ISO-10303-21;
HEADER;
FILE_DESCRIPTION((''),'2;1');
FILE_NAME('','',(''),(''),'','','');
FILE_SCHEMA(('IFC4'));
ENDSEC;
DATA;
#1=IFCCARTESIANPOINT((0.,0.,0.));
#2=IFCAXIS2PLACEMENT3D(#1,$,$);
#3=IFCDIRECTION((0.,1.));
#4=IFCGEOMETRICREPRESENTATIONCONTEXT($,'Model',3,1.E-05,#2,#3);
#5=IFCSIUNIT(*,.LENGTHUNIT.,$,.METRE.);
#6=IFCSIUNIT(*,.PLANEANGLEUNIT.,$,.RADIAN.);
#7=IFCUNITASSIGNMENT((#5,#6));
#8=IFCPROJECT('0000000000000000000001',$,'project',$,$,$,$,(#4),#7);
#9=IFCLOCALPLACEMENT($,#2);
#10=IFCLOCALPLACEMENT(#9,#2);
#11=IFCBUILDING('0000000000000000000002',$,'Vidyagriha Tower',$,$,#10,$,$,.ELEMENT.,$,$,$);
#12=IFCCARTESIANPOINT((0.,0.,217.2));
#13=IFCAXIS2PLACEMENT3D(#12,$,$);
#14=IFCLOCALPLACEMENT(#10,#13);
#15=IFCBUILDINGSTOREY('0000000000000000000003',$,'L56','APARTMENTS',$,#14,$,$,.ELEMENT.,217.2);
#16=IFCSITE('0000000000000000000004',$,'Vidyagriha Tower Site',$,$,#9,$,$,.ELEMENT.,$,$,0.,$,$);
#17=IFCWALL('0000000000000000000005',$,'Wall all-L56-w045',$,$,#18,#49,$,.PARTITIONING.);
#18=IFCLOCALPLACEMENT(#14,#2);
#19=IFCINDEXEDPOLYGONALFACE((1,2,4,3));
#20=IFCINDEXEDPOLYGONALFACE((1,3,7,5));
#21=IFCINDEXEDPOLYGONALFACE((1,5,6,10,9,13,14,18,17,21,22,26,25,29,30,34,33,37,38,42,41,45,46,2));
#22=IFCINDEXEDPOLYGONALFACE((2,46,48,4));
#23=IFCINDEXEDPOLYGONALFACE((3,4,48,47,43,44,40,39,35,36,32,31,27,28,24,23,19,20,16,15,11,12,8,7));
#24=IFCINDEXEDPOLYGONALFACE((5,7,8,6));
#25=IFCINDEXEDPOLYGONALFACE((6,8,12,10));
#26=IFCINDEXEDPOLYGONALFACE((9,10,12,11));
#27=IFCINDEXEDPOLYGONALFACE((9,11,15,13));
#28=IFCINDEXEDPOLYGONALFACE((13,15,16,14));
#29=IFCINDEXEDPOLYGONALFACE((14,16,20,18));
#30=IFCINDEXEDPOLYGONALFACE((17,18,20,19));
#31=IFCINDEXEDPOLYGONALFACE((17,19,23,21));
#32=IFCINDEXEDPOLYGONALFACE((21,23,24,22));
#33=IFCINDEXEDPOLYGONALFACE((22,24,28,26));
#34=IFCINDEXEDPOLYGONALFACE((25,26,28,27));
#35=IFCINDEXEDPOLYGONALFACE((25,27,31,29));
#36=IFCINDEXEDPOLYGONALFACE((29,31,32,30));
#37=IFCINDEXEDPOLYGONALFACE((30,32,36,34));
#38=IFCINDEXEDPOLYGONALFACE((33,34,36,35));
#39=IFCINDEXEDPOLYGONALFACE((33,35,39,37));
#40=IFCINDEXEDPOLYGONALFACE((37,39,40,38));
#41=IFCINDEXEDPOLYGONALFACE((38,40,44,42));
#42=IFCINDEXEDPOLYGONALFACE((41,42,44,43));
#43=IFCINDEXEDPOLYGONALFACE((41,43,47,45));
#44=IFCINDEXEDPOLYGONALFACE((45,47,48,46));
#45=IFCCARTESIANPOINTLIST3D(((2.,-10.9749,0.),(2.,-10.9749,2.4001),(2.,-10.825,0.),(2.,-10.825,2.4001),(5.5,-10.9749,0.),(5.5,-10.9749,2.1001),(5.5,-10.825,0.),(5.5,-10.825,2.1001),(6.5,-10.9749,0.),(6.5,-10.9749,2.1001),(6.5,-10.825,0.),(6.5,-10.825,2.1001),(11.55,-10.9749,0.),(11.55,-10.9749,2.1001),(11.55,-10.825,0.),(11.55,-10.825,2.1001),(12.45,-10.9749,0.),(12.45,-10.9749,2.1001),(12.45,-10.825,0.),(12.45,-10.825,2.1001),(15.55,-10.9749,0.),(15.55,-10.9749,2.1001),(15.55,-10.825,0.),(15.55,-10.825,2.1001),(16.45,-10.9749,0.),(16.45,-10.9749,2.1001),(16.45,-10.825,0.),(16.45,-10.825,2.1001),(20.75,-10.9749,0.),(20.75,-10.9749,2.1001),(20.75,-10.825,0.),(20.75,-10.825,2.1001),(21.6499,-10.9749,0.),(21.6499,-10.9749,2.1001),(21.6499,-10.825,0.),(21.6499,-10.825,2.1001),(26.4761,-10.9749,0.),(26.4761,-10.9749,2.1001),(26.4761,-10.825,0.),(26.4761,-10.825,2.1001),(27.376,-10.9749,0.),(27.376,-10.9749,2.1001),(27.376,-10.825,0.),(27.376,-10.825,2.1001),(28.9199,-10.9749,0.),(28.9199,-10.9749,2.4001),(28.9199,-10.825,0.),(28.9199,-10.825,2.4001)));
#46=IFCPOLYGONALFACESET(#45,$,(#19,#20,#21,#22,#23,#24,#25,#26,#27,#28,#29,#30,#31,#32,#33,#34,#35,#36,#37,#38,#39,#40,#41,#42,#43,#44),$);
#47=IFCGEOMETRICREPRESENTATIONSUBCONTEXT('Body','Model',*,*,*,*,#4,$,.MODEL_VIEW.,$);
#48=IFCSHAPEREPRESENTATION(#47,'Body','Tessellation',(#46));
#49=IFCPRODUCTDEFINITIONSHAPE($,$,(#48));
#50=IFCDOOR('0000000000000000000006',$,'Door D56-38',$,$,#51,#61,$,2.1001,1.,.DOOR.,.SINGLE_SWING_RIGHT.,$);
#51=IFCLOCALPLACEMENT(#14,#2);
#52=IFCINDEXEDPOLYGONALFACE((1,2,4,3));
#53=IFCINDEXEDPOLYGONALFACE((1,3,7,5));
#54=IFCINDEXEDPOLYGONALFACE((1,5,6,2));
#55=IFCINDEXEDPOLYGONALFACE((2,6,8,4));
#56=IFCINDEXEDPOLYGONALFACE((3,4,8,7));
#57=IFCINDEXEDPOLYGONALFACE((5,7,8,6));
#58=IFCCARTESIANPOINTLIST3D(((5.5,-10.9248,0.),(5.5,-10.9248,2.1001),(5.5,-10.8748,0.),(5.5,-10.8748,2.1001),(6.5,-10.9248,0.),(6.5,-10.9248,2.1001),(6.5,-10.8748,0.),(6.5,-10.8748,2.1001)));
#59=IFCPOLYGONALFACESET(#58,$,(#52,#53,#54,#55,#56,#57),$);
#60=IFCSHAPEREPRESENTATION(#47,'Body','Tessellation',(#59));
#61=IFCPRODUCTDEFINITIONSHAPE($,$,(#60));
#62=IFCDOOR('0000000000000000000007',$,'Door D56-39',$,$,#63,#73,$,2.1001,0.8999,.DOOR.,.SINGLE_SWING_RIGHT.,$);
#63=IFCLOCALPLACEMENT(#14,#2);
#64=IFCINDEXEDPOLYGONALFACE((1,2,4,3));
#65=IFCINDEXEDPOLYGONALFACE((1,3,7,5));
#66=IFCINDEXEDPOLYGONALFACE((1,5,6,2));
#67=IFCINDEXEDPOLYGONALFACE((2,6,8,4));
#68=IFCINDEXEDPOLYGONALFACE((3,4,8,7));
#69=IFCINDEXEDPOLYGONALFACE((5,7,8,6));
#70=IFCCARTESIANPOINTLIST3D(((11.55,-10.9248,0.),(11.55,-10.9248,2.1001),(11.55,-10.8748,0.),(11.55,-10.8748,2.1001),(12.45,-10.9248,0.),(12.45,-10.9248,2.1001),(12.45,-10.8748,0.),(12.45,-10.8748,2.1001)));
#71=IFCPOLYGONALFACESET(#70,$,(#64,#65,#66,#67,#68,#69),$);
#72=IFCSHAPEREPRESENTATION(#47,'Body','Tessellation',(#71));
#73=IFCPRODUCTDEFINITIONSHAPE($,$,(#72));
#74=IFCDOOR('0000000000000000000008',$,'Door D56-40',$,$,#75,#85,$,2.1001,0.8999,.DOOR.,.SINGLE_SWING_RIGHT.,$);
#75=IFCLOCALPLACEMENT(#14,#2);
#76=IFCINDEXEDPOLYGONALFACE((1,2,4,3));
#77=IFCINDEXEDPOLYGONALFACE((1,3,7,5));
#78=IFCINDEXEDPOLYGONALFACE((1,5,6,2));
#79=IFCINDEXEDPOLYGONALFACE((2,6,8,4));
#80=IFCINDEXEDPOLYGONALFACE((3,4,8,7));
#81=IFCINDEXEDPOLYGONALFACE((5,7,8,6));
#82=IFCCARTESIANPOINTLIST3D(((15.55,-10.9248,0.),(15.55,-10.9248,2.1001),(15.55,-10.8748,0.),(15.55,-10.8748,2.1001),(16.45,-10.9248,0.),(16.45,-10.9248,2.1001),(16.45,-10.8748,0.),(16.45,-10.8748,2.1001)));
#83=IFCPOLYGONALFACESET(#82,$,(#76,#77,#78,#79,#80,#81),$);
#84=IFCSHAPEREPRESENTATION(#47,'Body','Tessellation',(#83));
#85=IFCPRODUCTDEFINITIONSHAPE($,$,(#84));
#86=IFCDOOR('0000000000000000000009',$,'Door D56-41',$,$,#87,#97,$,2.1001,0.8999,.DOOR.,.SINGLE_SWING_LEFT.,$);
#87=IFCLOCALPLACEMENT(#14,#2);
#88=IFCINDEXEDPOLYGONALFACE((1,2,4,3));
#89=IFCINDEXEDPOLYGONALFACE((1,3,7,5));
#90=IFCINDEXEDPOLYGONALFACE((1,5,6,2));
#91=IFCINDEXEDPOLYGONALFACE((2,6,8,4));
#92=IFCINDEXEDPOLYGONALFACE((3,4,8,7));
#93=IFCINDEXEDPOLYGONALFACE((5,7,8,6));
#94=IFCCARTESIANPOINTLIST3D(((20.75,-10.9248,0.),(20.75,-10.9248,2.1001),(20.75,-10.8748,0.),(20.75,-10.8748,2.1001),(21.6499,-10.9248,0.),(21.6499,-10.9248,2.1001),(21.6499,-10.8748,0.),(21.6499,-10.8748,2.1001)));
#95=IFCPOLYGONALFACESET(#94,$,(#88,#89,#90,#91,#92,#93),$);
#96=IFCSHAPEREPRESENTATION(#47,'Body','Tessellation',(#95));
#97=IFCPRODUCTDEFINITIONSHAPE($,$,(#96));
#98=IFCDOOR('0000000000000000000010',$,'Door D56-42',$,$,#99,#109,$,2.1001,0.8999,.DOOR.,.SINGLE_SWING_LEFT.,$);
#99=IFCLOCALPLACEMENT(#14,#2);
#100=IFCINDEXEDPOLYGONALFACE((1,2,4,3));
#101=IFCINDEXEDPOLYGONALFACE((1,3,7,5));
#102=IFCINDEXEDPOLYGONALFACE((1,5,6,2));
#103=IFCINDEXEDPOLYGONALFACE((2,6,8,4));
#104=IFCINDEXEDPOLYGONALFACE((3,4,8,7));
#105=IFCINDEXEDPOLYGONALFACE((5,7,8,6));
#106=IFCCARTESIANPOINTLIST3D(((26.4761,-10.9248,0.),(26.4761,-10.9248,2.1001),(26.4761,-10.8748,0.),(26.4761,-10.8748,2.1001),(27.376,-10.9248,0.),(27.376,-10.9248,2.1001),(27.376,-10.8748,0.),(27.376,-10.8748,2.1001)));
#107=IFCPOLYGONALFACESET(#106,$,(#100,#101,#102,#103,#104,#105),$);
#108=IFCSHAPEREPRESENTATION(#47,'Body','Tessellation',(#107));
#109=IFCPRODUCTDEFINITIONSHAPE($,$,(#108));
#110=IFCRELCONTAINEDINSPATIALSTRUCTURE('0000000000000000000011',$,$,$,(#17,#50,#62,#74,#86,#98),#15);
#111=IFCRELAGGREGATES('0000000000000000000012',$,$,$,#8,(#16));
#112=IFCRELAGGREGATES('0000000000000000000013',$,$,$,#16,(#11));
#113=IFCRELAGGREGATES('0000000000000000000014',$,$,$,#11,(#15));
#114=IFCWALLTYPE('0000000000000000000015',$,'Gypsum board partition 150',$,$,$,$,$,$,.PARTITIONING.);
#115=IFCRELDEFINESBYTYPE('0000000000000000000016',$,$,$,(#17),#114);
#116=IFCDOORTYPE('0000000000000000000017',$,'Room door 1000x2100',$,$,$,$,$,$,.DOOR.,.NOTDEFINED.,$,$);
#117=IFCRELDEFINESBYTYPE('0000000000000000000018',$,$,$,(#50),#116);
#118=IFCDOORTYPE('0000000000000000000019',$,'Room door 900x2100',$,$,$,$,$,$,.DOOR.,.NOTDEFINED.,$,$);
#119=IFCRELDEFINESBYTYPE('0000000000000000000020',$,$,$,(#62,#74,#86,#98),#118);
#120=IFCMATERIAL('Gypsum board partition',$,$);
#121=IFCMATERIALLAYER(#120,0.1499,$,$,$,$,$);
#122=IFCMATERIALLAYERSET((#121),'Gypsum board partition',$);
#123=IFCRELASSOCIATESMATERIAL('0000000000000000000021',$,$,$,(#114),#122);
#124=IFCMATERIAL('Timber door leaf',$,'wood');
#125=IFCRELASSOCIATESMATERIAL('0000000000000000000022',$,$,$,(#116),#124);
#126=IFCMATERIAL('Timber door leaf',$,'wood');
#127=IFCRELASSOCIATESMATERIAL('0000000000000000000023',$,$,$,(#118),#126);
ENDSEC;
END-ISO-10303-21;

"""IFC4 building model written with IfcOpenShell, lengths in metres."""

from ifc_helpers import new_model, si_unit, direction, frame, frame_2d, origin, place, context, subcontext, project, spatial, rectangle, extrude, material, layer, layer_set, type_object, element, fill, save


model = new_model("IFC4")

# Units and contexts
model_context = context("Model", 3, precision=1e-05, world=origin(), true_north=direction((0.0, 1.0)))
body_context = subcontext(model_context, "Body", "Model", "MODEL_VIEW")
ifc_project = project(units=[si_unit("LENGTHUNIT", "METRE"), si_unit("PLANEANGLEUNIT", "RADIAN")], contexts=[model_context])

# Site, building, storey
site_placement = place(None, origin())
site = spatial("IfcSite", under=ifc_project, at=site_placement, Name="Vidyagriha Tower Site", CompositionType="ELEMENT", RefElevation=0.0)
building_placement = place(site_placement, origin())
building = spatial("IfcBuilding", under=site, at=building_placement, Name="Vidyagriha Tower", CompositionType="ELEMENT")
storey_placement = place(building_placement, frame((0.0, 0.0, 217.2)))
storey = spatial("IfcBuildingStorey", under=building, at=storey_placement, Name="L56", Description="APARTMENTS", CompositionType="ELEMENT", Elevation=217.2)

# Wall, openings, doors
ifc_material_1 = material(Name="Gypsum board partition")
ifc_layer_1 = layer(ifc_material_1, 0.1499)
ifc_layer_set_1 = layer_set([ifc_layer_1], Name="Gypsum board partition")
wall_type_1 = type_object("IfcWallType", Name="Gypsum board partition 150", PredefinedType="PARTITIONING", material=ifc_layer_set_1)
wall_1_placement = place(storey_placement, frame((28.9199, -10.8999, 0.0), z_axis=(0.0, 0.0, 1.0), x_axis=(-1.0, 0.0, 0.0)))
wall_1 = element("IfcWall", 1, at=wall_1_placement, inside=storey, type_object=wall_type_1, Name="Wall all-L56-w045", PredefinedType="PARTITIONING", context=body_context, shape_type="SweptSolid", body=[
    extrude(rectangle(XDim=26.9199, YDim=0.1499, at=frame_2d((13.46, 0.0))), origin(), (0.0, 0.0, 1.0), 2.4001),
])
opening_1_placement = place(wall_1_placement, frame((22.4199, 0.0, 0.0)))
opening_1 = element("IfcOpeningElement", 2, at=opening_1_placement, cuts=wall_1, PredefinedType="OPENING", context=body_context, shape_type="SweptSolid", body=[
    extrude(rectangle(XDim=1.0, YDim=2.1001, at=frame_2d((0.5, 1.05))), frame((0.0, 0.085, 0.0), z_axis=(0.0, -1.0, 0.0), x_axis=(1.0, 0.0, 0.0)), (0.0, 0.0, 1.0), 0.1699),
])
opening_2_placement = place(wall_1_placement, frame((16.47, 0.0, 0.0)))
opening_2 = element("IfcOpeningElement", 3, at=opening_2_placement, cuts=wall_1, PredefinedType="OPENING", context=body_context, shape_type="SweptSolid", body=[
    extrude(rectangle(XDim=0.8999, YDim=2.1001, at=frame_2d((0.45, 1.05))), frame((0.0, 0.085, 0.0), z_axis=(0.0, -1.0, 0.0), x_axis=(1.0, 0.0, 0.0)), (0.0, 0.0, 1.0), 0.1699),
])
opening_3_placement = place(wall_1_placement, frame((12.47, 0.0, 0.0)))
opening_3 = element("IfcOpeningElement", 4, at=opening_3_placement, cuts=wall_1, PredefinedType="OPENING", context=body_context, shape_type="SweptSolid", body=[
    extrude(rectangle(XDim=0.8999, YDim=2.1001, at=frame_2d((0.45, 1.05))), frame((0.0, 0.085, 0.0), z_axis=(0.0, -1.0, 0.0), x_axis=(1.0, 0.0, 0.0)), (0.0, 0.0, 1.0), 0.1699),
])
opening_4_placement = place(wall_1_placement, frame((7.27, 0.0, 0.0)))
opening_4 = element("IfcOpeningElement", 5, at=opening_4_placement, cuts=wall_1, PredefinedType="OPENING", context=body_context, shape_type="SweptSolid", body=[
    extrude(rectangle(XDim=0.8999, YDim=2.1001, at=frame_2d((0.45, 1.05))), frame((0.0, 0.085, 0.0), z_axis=(0.0, -1.0, 0.0), x_axis=(1.0, 0.0, 0.0)), (0.0, 0.0, 1.0), 0.1699),
])
opening_5_placement = place(wall_1_placement, frame((1.5439, 0.0, 0.0)))
opening_5 = element("IfcOpeningElement", 6, at=opening_5_placement, cuts=wall_1, PredefinedType="OPENING", context=body_context, shape_type="SweptSolid", body=[
    extrude(rectangle(XDim=0.8999, YDim=2.1001, at=frame_2d((0.45, 1.05))), frame((0.0, 0.085, 0.0), z_axis=(0.0, -1.0, 0.0), x_axis=(1.0, 0.0, 0.0)), (0.0, 0.0, 1.0), 0.1699),
])
ifc_material_2 = material(Name="Timber door leaf", Category="wood")
door_type_1 = type_object("IfcDoorType", Name="Room door 1000x2100", OperationType="NOTDEFINED", PredefinedType="DOOR", material=ifc_material_2)
door_1_placement = place(opening_1_placement, origin())
door_1 = element("IfcDoor", 7, at=door_1_placement, inside=storey, type_object=door_type_1, Name="Door D56-38", OperationType="SINGLE_SWING_RIGHT", OverallHeight=2.1001, OverallWidth=1.0, PredefinedType="DOOR", context=body_context, shape_type="SweptSolid", body=[
    extrude(rectangle(XDim=1.0, YDim=2.1001, at=frame_2d((0.5, 1.05))), frame((0.0, 0.0249, 0.0), z_axis=(0.0, -1.0, 0.0), x_axis=(1.0, 0.0, 0.0)), (0.0, 0.0, 1.0), 0.05),
])
fill(opening_1, door_1)
ifc_material_3 = material(Name="Timber door leaf", Category="wood")
door_type_2 = type_object("IfcDoorType", Name="Room door 900x2100", OperationType="NOTDEFINED", PredefinedType="DOOR", material=ifc_material_3)
door_2_placement = place(opening_2_placement, origin())
door_2 = element("IfcDoor", 8, at=door_2_placement, inside=storey, type_object=door_type_2, Name="Door D56-39", OperationType="SINGLE_SWING_RIGHT", OverallHeight=2.1001, OverallWidth=0.8999, PredefinedType="DOOR", context=body_context, shape_type="SweptSolid", body=[
    extrude(rectangle(XDim=0.8999, YDim=2.1001, at=frame_2d((0.45, 1.05))), frame((0.0, 0.0249, 0.0), z_axis=(0.0, -1.0, 0.0), x_axis=(1.0, 0.0, 0.0)), (0.0, 0.0, 1.0), 0.05),
])
fill(opening_2, door_2)
door_3_placement = place(opening_3_placement, origin())
door_3 = element("IfcDoor", 9, at=door_3_placement, inside=storey, type_object=door_type_2, Name="Door D56-40", OperationType="SINGLE_SWING_RIGHT", OverallHeight=2.1001, OverallWidth=0.8999, PredefinedType="DOOR", context=body_context, shape_type="SweptSolid", body=[
    extrude(rectangle(XDim=0.8999, YDim=2.1001, at=frame_2d((0.45, 1.05))), frame((0.0, 0.0249, 0.0), z_axis=(0.0, -1.0, 0.0), x_axis=(1.0, 0.0, 0.0)), (0.0, 0.0, 1.0), 0.05),
])
fill(opening_3, door_3)
door_4_placement = place(opening_4_placement, origin())
door_4 = element("IfcDoor", 10, at=door_4_placement, inside=storey, type_object=door_type_2, Name="Door D56-41", OperationType="SINGLE_SWING_LEFT", OverallHeight=2.1001, OverallWidth=0.8999, PredefinedType="DOOR", context=body_context, shape_type="SweptSolid", body=[
    extrude(rectangle(XDim=0.8999, YDim=2.1001, at=frame_2d((0.45, 1.05))), frame((0.0, 0.0249, 0.0), z_axis=(0.0, -1.0, 0.0), x_axis=(1.0, 0.0, 0.0)), (0.0, 0.0, 1.0), 0.05),
])
fill(opening_4, door_4)
door_5_placement = place(opening_5_placement, origin())
door_5 = element("IfcDoor", 11, at=door_5_placement, inside=storey, type_object=door_type_2, Name="Door D56-42", OperationType="SINGLE_SWING_LEFT", OverallHeight=2.1001, OverallWidth=0.8999, PredefinedType="DOOR", context=body_context, shape_type="SweptSolid", body=[
    extrude(rectangle(XDim=0.8999, YDim=2.1001, at=frame_2d((0.45, 1.05))), frame((0.0, 0.0249, 0.0), z_axis=(0.0, -1.0, 0.0), x_axis=(1.0, 0.0, 0.0)), (0.0, 0.0, 1.0), 0.05),
])
fill(opening_5, door_5)

save(model, "model.ifc")
